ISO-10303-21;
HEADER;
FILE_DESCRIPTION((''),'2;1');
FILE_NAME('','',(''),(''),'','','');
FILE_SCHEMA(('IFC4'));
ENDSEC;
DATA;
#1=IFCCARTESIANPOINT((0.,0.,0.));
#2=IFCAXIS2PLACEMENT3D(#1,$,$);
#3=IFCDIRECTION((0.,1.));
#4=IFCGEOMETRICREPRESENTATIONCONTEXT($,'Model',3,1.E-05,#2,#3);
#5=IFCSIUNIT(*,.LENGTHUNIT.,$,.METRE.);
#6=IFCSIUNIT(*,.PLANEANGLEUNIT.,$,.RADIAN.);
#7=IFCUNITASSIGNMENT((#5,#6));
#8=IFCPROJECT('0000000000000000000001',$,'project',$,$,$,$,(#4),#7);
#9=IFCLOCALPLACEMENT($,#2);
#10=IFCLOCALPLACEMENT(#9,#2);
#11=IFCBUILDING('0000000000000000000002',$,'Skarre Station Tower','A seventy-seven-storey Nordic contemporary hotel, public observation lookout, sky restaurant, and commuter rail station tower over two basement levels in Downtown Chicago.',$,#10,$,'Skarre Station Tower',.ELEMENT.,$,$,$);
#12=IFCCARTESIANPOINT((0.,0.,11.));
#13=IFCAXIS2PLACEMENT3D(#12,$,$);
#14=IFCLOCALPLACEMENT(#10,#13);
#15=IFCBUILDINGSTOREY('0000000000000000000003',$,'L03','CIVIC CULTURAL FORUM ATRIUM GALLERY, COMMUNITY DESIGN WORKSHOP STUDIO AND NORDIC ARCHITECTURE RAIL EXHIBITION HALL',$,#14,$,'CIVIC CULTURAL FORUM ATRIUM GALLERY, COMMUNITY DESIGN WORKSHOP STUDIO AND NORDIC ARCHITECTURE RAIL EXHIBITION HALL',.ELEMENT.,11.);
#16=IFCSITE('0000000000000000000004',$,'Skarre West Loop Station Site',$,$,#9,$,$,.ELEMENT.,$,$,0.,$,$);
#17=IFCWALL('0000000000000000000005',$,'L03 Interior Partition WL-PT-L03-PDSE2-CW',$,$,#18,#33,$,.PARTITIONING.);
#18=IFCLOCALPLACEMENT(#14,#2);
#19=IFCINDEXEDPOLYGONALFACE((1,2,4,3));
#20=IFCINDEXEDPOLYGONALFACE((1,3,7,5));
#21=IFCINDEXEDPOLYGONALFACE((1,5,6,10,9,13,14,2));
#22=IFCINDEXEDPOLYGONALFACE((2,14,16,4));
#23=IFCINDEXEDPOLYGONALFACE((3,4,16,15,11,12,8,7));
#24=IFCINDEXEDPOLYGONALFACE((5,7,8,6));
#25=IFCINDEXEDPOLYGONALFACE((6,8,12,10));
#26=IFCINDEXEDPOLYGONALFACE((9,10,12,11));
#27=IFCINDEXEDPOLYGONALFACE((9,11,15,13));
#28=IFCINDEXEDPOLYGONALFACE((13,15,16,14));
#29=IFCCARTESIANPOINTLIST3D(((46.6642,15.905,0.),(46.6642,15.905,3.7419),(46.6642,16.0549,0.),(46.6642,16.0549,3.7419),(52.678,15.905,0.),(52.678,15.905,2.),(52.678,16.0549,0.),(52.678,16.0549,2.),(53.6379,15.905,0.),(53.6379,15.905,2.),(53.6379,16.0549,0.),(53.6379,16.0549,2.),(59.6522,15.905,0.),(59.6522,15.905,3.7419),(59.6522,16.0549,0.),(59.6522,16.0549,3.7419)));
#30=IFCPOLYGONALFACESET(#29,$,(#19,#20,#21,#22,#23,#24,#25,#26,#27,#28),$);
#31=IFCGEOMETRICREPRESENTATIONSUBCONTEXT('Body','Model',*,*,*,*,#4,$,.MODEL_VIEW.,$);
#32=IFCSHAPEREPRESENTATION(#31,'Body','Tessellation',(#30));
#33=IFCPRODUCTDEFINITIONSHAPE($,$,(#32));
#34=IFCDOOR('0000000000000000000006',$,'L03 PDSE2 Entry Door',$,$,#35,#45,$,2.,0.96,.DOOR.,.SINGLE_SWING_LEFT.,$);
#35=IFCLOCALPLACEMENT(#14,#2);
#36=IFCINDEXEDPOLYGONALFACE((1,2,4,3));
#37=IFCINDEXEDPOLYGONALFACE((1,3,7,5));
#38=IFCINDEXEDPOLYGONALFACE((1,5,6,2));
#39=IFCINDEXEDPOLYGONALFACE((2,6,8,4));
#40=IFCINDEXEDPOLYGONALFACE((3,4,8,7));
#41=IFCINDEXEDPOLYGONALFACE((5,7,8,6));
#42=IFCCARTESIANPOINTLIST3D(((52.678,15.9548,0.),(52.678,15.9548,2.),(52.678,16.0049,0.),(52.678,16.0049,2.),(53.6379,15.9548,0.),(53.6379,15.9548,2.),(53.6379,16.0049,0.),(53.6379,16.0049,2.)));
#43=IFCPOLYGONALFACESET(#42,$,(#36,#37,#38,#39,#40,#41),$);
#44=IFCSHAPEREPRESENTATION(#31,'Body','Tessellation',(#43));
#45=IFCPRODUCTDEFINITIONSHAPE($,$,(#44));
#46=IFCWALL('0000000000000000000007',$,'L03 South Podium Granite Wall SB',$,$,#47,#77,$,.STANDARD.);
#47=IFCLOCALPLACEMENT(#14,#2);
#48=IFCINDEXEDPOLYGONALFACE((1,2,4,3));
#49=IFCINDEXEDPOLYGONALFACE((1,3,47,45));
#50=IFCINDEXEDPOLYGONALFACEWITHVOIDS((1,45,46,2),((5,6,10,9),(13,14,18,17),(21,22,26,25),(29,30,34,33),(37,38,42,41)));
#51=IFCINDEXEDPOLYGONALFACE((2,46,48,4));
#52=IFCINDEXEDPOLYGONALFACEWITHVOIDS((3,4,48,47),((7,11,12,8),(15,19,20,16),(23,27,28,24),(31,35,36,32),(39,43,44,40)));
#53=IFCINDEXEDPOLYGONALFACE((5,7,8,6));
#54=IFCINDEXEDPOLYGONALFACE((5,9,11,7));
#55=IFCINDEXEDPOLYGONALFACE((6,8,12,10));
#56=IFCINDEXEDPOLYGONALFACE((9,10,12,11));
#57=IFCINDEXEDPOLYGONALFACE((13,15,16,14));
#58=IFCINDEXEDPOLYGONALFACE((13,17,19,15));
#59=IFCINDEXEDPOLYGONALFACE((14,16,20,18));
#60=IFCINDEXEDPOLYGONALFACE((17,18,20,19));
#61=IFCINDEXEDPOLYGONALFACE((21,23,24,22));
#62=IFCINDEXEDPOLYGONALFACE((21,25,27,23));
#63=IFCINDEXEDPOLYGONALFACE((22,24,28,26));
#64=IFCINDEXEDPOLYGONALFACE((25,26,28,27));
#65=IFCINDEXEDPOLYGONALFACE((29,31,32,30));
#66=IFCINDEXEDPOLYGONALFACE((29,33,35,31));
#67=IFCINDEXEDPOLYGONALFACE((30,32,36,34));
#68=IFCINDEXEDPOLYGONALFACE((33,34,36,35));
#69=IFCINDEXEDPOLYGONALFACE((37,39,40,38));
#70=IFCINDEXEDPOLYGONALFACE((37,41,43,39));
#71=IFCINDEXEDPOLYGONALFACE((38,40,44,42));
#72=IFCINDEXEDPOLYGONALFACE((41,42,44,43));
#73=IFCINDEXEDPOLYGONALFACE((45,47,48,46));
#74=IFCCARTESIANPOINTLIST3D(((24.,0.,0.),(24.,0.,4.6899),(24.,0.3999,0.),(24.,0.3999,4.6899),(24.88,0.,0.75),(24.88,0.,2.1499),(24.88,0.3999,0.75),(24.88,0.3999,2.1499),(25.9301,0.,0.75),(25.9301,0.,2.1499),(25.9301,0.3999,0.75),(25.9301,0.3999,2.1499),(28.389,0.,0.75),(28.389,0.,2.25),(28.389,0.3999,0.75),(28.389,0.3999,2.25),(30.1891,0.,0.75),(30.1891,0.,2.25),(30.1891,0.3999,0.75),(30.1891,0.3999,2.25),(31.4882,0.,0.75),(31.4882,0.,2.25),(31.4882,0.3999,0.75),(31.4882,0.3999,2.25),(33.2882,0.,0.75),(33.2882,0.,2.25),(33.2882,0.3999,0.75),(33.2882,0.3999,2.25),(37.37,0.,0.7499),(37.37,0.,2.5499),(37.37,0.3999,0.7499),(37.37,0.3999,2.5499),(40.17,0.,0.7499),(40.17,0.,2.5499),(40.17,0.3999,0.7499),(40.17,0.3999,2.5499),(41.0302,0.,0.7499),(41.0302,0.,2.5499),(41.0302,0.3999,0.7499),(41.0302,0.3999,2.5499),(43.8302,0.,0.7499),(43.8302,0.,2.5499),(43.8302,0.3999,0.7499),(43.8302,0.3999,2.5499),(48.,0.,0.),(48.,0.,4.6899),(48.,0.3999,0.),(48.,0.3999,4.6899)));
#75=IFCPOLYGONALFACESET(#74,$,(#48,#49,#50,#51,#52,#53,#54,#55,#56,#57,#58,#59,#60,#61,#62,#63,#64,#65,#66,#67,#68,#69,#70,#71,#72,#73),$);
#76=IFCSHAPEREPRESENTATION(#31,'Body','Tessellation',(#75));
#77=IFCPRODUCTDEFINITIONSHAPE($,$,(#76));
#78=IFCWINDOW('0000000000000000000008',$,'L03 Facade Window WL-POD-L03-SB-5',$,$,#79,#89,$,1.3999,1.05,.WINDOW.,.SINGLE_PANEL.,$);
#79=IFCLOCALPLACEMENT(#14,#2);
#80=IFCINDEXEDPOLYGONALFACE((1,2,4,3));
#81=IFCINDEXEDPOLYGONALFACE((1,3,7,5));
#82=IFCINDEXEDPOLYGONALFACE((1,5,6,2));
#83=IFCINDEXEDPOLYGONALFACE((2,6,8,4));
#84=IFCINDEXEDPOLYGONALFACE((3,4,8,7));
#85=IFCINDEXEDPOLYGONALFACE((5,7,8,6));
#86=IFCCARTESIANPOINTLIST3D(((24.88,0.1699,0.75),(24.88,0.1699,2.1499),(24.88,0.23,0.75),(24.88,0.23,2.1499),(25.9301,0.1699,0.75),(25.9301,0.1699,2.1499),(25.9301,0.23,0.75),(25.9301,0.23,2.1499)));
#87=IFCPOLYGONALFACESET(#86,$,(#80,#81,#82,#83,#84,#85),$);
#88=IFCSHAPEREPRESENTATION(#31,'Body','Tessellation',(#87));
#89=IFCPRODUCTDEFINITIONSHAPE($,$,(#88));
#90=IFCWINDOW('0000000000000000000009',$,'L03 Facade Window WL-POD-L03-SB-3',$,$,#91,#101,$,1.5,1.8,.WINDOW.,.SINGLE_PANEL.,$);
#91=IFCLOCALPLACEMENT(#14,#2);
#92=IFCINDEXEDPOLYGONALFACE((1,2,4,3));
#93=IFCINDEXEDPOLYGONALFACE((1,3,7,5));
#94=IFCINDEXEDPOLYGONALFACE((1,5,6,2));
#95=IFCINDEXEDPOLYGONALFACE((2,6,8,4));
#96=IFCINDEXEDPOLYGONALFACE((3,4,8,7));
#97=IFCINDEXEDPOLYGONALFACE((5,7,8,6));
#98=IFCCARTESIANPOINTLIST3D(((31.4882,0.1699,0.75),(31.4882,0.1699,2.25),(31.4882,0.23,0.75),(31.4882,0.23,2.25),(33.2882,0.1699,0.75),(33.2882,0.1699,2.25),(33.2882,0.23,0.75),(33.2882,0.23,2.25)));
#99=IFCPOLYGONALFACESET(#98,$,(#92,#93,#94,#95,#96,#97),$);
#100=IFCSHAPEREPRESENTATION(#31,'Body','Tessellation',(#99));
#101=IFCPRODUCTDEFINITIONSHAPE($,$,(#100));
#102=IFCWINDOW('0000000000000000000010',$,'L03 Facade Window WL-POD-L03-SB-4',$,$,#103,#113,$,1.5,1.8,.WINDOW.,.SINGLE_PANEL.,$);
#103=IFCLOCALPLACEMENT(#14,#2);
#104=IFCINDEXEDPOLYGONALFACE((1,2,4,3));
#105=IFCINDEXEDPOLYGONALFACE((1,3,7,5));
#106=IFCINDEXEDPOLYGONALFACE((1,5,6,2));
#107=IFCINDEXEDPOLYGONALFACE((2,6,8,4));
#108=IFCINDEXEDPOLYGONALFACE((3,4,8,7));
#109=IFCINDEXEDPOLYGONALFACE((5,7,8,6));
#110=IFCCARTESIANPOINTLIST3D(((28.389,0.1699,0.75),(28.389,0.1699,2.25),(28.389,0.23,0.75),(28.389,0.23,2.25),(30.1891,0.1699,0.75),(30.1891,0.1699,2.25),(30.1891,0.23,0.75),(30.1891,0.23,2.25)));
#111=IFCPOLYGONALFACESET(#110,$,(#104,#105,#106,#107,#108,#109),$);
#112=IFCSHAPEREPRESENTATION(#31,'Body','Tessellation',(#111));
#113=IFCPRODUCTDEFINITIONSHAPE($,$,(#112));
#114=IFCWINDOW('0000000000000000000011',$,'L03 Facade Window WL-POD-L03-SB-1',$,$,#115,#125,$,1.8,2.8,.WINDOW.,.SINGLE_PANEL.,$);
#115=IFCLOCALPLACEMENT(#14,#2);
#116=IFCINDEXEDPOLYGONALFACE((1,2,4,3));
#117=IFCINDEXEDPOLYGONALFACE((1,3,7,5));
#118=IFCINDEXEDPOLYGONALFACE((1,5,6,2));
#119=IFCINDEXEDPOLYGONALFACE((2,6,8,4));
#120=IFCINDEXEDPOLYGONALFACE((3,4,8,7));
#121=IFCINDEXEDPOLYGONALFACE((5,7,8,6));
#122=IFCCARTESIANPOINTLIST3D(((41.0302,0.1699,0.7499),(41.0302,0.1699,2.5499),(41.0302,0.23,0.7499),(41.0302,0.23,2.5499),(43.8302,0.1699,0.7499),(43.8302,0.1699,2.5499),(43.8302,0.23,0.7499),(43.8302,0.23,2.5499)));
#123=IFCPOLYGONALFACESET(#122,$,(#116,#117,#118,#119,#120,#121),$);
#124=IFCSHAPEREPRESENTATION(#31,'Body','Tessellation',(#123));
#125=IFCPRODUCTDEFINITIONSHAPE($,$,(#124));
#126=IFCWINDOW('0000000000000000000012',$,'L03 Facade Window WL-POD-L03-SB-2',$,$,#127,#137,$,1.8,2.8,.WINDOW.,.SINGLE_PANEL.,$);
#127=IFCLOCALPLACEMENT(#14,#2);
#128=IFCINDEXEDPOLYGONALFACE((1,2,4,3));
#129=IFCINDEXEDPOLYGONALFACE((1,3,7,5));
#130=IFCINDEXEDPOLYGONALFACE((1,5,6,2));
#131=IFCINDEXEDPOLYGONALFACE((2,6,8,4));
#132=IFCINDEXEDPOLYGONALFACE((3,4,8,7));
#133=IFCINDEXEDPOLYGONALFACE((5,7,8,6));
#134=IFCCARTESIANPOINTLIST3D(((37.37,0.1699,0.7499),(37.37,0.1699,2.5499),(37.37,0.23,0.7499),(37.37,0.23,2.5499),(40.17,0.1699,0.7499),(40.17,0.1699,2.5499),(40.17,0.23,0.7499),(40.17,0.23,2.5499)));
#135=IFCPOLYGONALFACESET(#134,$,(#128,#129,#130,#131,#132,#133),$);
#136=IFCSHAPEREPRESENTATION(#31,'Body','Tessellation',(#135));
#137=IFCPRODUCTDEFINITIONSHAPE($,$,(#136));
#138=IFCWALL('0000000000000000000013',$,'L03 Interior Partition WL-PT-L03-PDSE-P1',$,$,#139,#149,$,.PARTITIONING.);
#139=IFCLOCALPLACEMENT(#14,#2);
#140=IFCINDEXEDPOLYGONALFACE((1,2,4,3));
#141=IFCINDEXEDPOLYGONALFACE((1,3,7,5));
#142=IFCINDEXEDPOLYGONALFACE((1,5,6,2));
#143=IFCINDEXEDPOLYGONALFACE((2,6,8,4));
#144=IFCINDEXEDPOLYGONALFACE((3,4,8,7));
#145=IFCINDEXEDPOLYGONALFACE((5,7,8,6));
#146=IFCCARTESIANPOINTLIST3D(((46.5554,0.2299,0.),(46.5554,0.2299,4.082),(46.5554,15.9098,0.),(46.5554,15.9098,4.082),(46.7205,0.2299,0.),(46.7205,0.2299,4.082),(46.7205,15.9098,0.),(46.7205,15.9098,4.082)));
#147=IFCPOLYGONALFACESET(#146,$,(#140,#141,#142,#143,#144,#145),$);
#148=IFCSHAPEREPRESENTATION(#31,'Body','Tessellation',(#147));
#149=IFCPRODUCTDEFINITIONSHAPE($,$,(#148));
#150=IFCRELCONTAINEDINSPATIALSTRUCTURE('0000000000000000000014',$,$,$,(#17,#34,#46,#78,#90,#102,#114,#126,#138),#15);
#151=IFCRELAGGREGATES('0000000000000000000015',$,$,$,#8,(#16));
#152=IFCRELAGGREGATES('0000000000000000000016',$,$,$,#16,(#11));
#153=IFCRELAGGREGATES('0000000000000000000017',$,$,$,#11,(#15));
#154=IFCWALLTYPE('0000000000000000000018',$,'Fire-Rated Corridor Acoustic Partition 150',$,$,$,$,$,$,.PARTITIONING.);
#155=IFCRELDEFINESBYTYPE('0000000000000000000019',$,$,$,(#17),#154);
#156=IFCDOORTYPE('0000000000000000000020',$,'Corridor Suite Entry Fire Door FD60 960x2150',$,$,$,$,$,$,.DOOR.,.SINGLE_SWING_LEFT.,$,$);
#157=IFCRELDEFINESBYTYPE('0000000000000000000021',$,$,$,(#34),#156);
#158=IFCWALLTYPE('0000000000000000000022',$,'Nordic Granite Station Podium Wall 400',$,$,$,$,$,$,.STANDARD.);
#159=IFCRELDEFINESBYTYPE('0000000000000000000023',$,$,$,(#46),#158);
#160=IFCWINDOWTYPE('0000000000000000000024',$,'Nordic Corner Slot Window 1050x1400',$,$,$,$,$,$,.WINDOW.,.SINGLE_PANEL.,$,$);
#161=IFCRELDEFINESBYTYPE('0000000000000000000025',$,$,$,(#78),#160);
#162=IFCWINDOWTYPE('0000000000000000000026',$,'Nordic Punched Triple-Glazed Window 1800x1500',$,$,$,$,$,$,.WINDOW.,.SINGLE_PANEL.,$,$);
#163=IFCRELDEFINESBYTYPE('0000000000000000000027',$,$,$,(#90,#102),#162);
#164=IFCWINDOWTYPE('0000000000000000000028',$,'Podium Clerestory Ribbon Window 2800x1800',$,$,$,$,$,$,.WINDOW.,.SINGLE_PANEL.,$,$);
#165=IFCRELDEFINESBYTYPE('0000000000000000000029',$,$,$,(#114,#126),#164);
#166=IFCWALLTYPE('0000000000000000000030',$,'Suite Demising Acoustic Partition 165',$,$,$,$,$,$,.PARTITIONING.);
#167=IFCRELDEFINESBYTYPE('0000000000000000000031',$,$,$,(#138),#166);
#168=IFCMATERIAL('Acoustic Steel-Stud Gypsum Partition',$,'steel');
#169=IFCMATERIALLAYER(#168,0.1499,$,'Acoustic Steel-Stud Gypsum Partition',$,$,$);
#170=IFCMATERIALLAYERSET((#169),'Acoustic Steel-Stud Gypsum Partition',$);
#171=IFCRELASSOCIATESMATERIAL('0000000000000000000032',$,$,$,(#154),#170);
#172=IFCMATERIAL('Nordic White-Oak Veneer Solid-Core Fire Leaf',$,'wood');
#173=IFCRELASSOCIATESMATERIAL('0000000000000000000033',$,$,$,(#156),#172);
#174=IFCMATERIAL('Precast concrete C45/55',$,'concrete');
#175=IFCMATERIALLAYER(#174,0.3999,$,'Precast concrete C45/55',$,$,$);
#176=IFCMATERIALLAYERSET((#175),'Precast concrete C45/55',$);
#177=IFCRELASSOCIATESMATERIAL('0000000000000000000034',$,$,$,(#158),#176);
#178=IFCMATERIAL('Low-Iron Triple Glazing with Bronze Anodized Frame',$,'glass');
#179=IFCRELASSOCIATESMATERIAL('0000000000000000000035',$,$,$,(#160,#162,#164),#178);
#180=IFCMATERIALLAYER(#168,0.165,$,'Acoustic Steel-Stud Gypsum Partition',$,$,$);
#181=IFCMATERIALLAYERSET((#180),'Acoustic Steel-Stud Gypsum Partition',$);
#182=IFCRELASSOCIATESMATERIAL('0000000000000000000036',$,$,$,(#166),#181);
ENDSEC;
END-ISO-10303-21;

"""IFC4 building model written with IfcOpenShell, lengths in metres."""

from ifc_helpers import new_model, si_unit, direction, frame, frame_2d, origin, place, context, subcontext, project, spatial, rectangle, extrude, material, layer, layer_set, type_object, element, fill, save


model = new_model("IFC4")

# Units and contexts
model_context = context("Model", 3, precision=1e-05, world=origin(), true_north=direction((0.0, 1.0)))
body_context = subcontext(model_context, "Body", "Model", "MODEL_VIEW")
ifc_project = project(units=[si_unit("LENGTHUNIT", "METRE"), si_unit("PLANEANGLEUNIT", "RADIAN")], contexts=[model_context])

# Site, building, storey
site_placement = place(None, origin())
site = spatial("IfcSite", under=ifc_project, at=site_placement, Name="Skarre West Loop Station Site", CompositionType="ELEMENT", RefElevation=0.0)
building_placement = place(site_placement, origin())
building = spatial("IfcBuilding", under=site, at=building_placement, Name="Skarre Station Tower", Description="A seventy-seven-storey Nordic contemporary hotel, public observation lookout, sky restaurant, and commuter rail station tower over two basement levels in Downtown Chicago.", LongName="Skarre Station Tower", CompositionType="ELEMENT")
storey_placement = place(building_placement, frame((0.0, 0.0, 11.0)))
storey = spatial("IfcBuildingStorey", under=building, at=storey_placement, Name="L03", Description="CIVIC CULTURAL FORUM ATRIUM GALLERY, COMMUNITY DESIGN WORKSHOP STUDIO AND NORDIC ARCHITECTURE RAIL EXHIBITION HALL", LongName="CIVIC CULTURAL FORUM ATRIUM GALLERY, COMMUNITY DESIGN WORKSHOP STUDIO AND NORDIC ARCHITECTURE RAIL EXHIBITION HALL", CompositionType="ELEMENT", Elevation=11.0)

# Wall, opening, door
ifc_material_1 = material(Name="Acoustic Steel-Stud Gypsum Partition", Category="steel")
ifc_layer_1 = layer(ifc_material_1, 0.1499, Name="Acoustic Steel-Stud Gypsum Partition")
ifc_layer_set_1 = layer_set([ifc_layer_1], Name="Acoustic Steel-Stud Gypsum Partition")
wall_type_1 = type_object("IfcWallType", Name="Fire-Rated Corridor Acoustic Partition 150", PredefinedType="PARTITIONING", material=ifc_layer_set_1)
wall_1_placement = place(storey_placement, frame((46.6641, 15.98, 0.0), z_axis=(0.0, 0.0, 1.0), x_axis=(1.0, 0.0, 0.0)))
wall_1 = element("IfcWall", 1, at=wall_1_placement, inside=storey, type_object=wall_type_1, Name="L03 Interior Partition WL-PT-L03-PDSE2-CW", PredefinedType="PARTITIONING", context=body_context, shape_type="SweptSolid", body=[
    extrude(rectangle(XDim=12.988, YDim=0.1499, at=frame_2d((6.4941, 0.0))), origin(), (0.0, 0.0, 1.0), 3.7419),
])
opening_1_placement = place(wall_1_placement, frame((6.0139, 0.0, 0.0)))
opening_1 = element("IfcOpeningElement", 2, at=opening_1_placement, cuts=wall_1, PredefinedType="OPENING", context=body_context, shape_type="SweptSolid", body=[
    extrude(rectangle(XDim=0.96, YDim=2.0, at=frame_2d((0.48, 1.0))), frame((0.0, 0.085, 0.0), z_axis=(0.0, -1.0, 0.0), x_axis=(1.0, 0.0, 0.0)), (0.0, 0.0, 1.0), 0.1699),
])
ifc_material_2 = material(Name="Nordic White-Oak Veneer Solid-Core Fire Leaf", Category="wood")
door_type = type_object("IfcDoorType", Name="Corridor Suite Entry Fire Door FD60 960x2150", OperationType="SINGLE_SWING_LEFT", PredefinedType="DOOR", material=ifc_material_2)
door_placement = place(opening_1_placement, origin())
door = element("IfcDoor", 3, at=door_placement, inside=storey, type_object=door_type, Name="L03 PDSE2 Entry Door", OperationType="SINGLE_SWING_LEFT", OverallHeight=2.0, OverallWidth=0.96, PredefinedType="DOOR", context=body_context, shape_type="SweptSolid", body=[
    extrude(rectangle(XDim=0.96, YDim=2.0, at=frame_2d((0.48, 1.0))), frame((0.0, 0.0249, 0.0), z_axis=(0.0, -1.0, 0.0), x_axis=(1.0, 0.0, 0.0)), (0.0, 0.0, 1.0), 0.05),
])
fill(opening_1, door)

# Wall, openings, windows
ifc_material_3 = material(Name="Precast concrete C45/55", Category="concrete")
ifc_layer_2 = layer(ifc_material_3, 0.3999, Name="Precast concrete C45/55")
ifc_layer_set_2 = layer_set([ifc_layer_2], Name="Precast concrete C45/55")
wall_type_2 = type_object("IfcWallType", Name="Nordic Granite Station Podium Wall 400", PredefinedType="STANDARD", material=ifc_layer_set_2)
wall_2_placement = place(storey_placement, frame((48.0, 0.2, 0.0), z_axis=(0.0, 0.0, 1.0), x_axis=(-1.0, 0.0, 0.0)))
wall_2 = element("IfcWall", 4, at=wall_2_placement, inside=storey, type_object=wall_type_2, Name="L03 South Podium Granite Wall SB", PredefinedType="STANDARD", context=body_context, shape_type="SweptSolid", body=[
    extrude(rectangle(XDim=24.0, YDim=0.3999, at=frame_2d((12.0, 0.0))), origin(), (0.0, 0.0, 1.0), 4.6899),
])
opening_2_placement = place(wall_2_placement, frame((4.1699, 0.0, 0.75)))
opening_2 = element("IfcOpeningElement", 5, at=opening_2_placement, cuts=wall_2, PredefinedType="OPENING", context=body_context, shape_type="SweptSolid", body=[
    extrude(rectangle(XDim=2.8, YDim=1.8, at=frame_2d((1.3999, 0.8999))), frame((0.0, 0.21, 0.0), z_axis=(0.0, -1.0, 0.0), x_axis=(1.0, 0.0, 0.0)), (0.0, 0.0, 1.0), 0.4199),
])
opening_3_placement = place(wall_2_placement, frame((7.8301, 0.0, 0.75)))
opening_3 = element("IfcOpeningElement", 6, at=opening_3_placement, cuts=wall_2, PredefinedType="OPENING", context=body_context, shape_type="SweptSolid", body=[
    extrude(rectangle(XDim=2.8, YDim=1.8, at=frame_2d((1.3999, 0.8999))), frame((0.0, 0.21, 0.0), z_axis=(0.0, -1.0, 0.0), x_axis=(1.0, 0.0, 0.0)), (0.0, 0.0, 1.0), 0.4199),
])
opening_4_placement = place(wall_2_placement, frame((14.7119, 0.0, 0.75)))
opening_4 = element("IfcOpeningElement", 7, at=opening_4_placement, cuts=wall_2, PredefinedType="OPENING", context=body_context, shape_type="SweptSolid", body=[
    extrude(rectangle(XDim=1.8, YDim=1.5, at=frame_2d((0.8999, 0.75))), frame((0.0, 0.21, 0.0), z_axis=(0.0, -1.0, 0.0), x_axis=(1.0, 0.0, 0.0)), (0.0, 0.0, 1.0), 0.4199),
])
opening_5_placement = place(wall_2_placement, frame((17.811, 0.0, 0.75)))
opening_5 = element("IfcOpeningElement", 8, at=opening_5_placement, cuts=wall_2, PredefinedType="OPENING", context=body_context, shape_type="SweptSolid", body=[
    extrude(rectangle(XDim=1.8, YDim=1.5, at=frame_2d((0.8999, 0.75))), frame((0.0, 0.21, 0.0), z_axis=(0.0, -1.0, 0.0), x_axis=(1.0, 0.0, 0.0)), (0.0, 0.0, 1.0), 0.4199),
])
opening_6_placement = place(wall_2_placement, frame((22.0701, 0.0, 0.75)))
opening_6 = element("IfcOpeningElement", 9, at=opening_6_placement, cuts=wall_2, PredefinedType="OPENING", context=body_context, shape_type="SweptSolid", body=[
    extrude(rectangle(XDim=1.05, YDim=1.3999, at=frame_2d((0.5249, 0.7))), frame((0.0, 0.21, 0.0), z_axis=(0.0, -1.0, 0.0), x_axis=(1.0, 0.0, 0.0)), (0.0, 0.0, 1.0), 0.4199),
])
ifc_material_4 = material(Name="Low-Iron Triple Glazing with Bronze Anodized Frame", Category="glass")
window_type_1 = type_object("IfcWindowType", Name="Nordic Corner Slot Window 1050x1400", PartitioningType="SINGLE_PANEL", PredefinedType="WINDOW", material=ifc_material_4)
window_1_placement = place(opening_6_placement, origin())
window_1 = element("IfcWindow", 10, at=window_1_placement, inside=storey, type_object=window_type_1, Name="L03 Facade Window WL-POD-L03-SB-5", OverallHeight=1.3999, OverallWidth=1.05, PartitioningType="SINGLE_PANEL", PredefinedType="WINDOW", context=body_context, shape_type="SweptSolid", body=[
    extrude(rectangle(XDim=1.05, YDim=1.3999, at=frame_2d((0.5249, 0.7))), frame((0.0, 0.03, 0.0), z_axis=(0.0, -1.0, 0.0), x_axis=(1.0, 0.0, 0.0)), (0.0, 0.0, 1.0), 0.0601),
])
fill(opening_6, window_1)
window_type_2 = type_object("IfcWindowType", Name="Nordic Punched Triple-Glazed Window 1800x1500", PartitioningType="SINGLE_PANEL", PredefinedType="WINDOW", material=ifc_material_4)
window_2_placement = place(opening_4_placement, origin())
window_2 = element("IfcWindow", 11, at=window_2_placement, inside=storey, type_object=window_type_2, Name="L03 Facade Window WL-POD-L03-SB-3", OverallHeight=1.5, OverallWidth=1.8, PartitioningType="SINGLE_PANEL", PredefinedType="WINDOW", context=body_context, shape_type="SweptSolid", body=[
    extrude(rectangle(XDim=1.8, YDim=1.5, at=frame_2d((0.8999, 0.75))), frame((0.0, 0.03, 0.0), z_axis=(0.0, -1.0, 0.0), x_axis=(1.0, 0.0, 0.0)), (0.0, 0.0, 1.0), 0.0601),
])
fill(opening_4, window_2)
window_3_placement = place(opening_5_placement, origin())
window_3 = element("IfcWindow", 12, at=window_3_placement, inside=storey, type_object=window_type_2, Name="L03 Facade Window WL-POD-L03-SB-4", OverallHeight=1.5, OverallWidth=1.8, PartitioningType="SINGLE_PANEL", PredefinedType="WINDOW", context=body_context, shape_type="SweptSolid", body=[
    extrude(rectangle(XDim=1.8, YDim=1.5, at=frame_2d((0.8999, 0.75))), frame((0.0, 0.03, 0.0), z_axis=(0.0, -1.0, 0.0), x_axis=(1.0, 0.0, 0.0)), (0.0, 0.0, 1.0), 0.0601),
])
fill(opening_5, window_3)
window_type_3 = type_object("IfcWindowType", Name="Podium Clerestory Ribbon Window 2800x1800", PartitioningType="SINGLE_PANEL", PredefinedType="WINDOW", material=ifc_material_4)
window_4_placement = place(opening_2_placement, origin())
window_4 = element("IfcWindow", 13, at=window_4_placement, inside=storey, type_object=window_type_3, Name="L03 Facade Window WL-POD-L03-SB-1", OverallHeight=1.8, OverallWidth=2.8, PartitioningType="SINGLE_PANEL", PredefinedType="WINDOW", context=body_context, shape_type="SweptSolid", body=[
    extrude(rectangle(XDim=2.8, YDim=1.8, at=frame_2d((1.3999, 0.8999))), frame((0.0, 0.03, 0.0), z_axis=(0.0, -1.0, 0.0), x_axis=(1.0, 0.0, 0.0)), (0.0, 0.0, 1.0), 0.0601),
])
fill(opening_2, window_4)
window_5_placement = place(opening_3_placement, origin())
window_5 = element("IfcWindow", 14, at=window_5_placement, inside=storey, type_object=window_type_3, Name="L03 Facade Window WL-POD-L03-SB-2", OverallHeight=1.8, OverallWidth=2.8, PartitioningType="SINGLE_PANEL", PredefinedType="WINDOW", context=body_context, shape_type="SweptSolid", body=[
    extrude(rectangle(XDim=2.8, YDim=1.8, at=frame_2d((1.3999, 0.8999))), frame((0.0, 0.03, 0.0), z_axis=(0.0, -1.0, 0.0), x_axis=(1.0, 0.0, 0.0)), (0.0, 0.0, 1.0), 0.0601),
])
fill(opening_3, window_5)

# Wall
ifc_layer_3 = layer(ifc_material_1, 0.165, Name="Acoustic Steel-Stud Gypsum Partition")
ifc_layer_set_3 = layer_set([ifc_layer_3], Name="Acoustic Steel-Stud Gypsum Partition")
wall_type_3 = type_object("IfcWallType", Name="Suite Demising Acoustic Partition 165", PredefinedType="PARTITIONING", material=ifc_layer_set_3)
wall_3_placement = place(storey_placement, frame((46.6379, 0.23, 0.0), z_axis=(0.0, 0.0, 1.0), x_axis=(0.0, 1.0, 0.0)))
element("IfcWall", 15, at=wall_3_placement, inside=storey, type_object=wall_type_3, Name="L03 Interior Partition WL-PT-L03-PDSE-P1", PredefinedType="PARTITIONING", context=body_context, shape_type="SweptSolid", body=[
    extrude(rectangle(XDim=15.6799, YDim=0.165, at=frame_2d((7.8398, 0.0))), origin(), (0.0, 0.0, 1.0), 4.082),
])

save(model, "model.ifc")
